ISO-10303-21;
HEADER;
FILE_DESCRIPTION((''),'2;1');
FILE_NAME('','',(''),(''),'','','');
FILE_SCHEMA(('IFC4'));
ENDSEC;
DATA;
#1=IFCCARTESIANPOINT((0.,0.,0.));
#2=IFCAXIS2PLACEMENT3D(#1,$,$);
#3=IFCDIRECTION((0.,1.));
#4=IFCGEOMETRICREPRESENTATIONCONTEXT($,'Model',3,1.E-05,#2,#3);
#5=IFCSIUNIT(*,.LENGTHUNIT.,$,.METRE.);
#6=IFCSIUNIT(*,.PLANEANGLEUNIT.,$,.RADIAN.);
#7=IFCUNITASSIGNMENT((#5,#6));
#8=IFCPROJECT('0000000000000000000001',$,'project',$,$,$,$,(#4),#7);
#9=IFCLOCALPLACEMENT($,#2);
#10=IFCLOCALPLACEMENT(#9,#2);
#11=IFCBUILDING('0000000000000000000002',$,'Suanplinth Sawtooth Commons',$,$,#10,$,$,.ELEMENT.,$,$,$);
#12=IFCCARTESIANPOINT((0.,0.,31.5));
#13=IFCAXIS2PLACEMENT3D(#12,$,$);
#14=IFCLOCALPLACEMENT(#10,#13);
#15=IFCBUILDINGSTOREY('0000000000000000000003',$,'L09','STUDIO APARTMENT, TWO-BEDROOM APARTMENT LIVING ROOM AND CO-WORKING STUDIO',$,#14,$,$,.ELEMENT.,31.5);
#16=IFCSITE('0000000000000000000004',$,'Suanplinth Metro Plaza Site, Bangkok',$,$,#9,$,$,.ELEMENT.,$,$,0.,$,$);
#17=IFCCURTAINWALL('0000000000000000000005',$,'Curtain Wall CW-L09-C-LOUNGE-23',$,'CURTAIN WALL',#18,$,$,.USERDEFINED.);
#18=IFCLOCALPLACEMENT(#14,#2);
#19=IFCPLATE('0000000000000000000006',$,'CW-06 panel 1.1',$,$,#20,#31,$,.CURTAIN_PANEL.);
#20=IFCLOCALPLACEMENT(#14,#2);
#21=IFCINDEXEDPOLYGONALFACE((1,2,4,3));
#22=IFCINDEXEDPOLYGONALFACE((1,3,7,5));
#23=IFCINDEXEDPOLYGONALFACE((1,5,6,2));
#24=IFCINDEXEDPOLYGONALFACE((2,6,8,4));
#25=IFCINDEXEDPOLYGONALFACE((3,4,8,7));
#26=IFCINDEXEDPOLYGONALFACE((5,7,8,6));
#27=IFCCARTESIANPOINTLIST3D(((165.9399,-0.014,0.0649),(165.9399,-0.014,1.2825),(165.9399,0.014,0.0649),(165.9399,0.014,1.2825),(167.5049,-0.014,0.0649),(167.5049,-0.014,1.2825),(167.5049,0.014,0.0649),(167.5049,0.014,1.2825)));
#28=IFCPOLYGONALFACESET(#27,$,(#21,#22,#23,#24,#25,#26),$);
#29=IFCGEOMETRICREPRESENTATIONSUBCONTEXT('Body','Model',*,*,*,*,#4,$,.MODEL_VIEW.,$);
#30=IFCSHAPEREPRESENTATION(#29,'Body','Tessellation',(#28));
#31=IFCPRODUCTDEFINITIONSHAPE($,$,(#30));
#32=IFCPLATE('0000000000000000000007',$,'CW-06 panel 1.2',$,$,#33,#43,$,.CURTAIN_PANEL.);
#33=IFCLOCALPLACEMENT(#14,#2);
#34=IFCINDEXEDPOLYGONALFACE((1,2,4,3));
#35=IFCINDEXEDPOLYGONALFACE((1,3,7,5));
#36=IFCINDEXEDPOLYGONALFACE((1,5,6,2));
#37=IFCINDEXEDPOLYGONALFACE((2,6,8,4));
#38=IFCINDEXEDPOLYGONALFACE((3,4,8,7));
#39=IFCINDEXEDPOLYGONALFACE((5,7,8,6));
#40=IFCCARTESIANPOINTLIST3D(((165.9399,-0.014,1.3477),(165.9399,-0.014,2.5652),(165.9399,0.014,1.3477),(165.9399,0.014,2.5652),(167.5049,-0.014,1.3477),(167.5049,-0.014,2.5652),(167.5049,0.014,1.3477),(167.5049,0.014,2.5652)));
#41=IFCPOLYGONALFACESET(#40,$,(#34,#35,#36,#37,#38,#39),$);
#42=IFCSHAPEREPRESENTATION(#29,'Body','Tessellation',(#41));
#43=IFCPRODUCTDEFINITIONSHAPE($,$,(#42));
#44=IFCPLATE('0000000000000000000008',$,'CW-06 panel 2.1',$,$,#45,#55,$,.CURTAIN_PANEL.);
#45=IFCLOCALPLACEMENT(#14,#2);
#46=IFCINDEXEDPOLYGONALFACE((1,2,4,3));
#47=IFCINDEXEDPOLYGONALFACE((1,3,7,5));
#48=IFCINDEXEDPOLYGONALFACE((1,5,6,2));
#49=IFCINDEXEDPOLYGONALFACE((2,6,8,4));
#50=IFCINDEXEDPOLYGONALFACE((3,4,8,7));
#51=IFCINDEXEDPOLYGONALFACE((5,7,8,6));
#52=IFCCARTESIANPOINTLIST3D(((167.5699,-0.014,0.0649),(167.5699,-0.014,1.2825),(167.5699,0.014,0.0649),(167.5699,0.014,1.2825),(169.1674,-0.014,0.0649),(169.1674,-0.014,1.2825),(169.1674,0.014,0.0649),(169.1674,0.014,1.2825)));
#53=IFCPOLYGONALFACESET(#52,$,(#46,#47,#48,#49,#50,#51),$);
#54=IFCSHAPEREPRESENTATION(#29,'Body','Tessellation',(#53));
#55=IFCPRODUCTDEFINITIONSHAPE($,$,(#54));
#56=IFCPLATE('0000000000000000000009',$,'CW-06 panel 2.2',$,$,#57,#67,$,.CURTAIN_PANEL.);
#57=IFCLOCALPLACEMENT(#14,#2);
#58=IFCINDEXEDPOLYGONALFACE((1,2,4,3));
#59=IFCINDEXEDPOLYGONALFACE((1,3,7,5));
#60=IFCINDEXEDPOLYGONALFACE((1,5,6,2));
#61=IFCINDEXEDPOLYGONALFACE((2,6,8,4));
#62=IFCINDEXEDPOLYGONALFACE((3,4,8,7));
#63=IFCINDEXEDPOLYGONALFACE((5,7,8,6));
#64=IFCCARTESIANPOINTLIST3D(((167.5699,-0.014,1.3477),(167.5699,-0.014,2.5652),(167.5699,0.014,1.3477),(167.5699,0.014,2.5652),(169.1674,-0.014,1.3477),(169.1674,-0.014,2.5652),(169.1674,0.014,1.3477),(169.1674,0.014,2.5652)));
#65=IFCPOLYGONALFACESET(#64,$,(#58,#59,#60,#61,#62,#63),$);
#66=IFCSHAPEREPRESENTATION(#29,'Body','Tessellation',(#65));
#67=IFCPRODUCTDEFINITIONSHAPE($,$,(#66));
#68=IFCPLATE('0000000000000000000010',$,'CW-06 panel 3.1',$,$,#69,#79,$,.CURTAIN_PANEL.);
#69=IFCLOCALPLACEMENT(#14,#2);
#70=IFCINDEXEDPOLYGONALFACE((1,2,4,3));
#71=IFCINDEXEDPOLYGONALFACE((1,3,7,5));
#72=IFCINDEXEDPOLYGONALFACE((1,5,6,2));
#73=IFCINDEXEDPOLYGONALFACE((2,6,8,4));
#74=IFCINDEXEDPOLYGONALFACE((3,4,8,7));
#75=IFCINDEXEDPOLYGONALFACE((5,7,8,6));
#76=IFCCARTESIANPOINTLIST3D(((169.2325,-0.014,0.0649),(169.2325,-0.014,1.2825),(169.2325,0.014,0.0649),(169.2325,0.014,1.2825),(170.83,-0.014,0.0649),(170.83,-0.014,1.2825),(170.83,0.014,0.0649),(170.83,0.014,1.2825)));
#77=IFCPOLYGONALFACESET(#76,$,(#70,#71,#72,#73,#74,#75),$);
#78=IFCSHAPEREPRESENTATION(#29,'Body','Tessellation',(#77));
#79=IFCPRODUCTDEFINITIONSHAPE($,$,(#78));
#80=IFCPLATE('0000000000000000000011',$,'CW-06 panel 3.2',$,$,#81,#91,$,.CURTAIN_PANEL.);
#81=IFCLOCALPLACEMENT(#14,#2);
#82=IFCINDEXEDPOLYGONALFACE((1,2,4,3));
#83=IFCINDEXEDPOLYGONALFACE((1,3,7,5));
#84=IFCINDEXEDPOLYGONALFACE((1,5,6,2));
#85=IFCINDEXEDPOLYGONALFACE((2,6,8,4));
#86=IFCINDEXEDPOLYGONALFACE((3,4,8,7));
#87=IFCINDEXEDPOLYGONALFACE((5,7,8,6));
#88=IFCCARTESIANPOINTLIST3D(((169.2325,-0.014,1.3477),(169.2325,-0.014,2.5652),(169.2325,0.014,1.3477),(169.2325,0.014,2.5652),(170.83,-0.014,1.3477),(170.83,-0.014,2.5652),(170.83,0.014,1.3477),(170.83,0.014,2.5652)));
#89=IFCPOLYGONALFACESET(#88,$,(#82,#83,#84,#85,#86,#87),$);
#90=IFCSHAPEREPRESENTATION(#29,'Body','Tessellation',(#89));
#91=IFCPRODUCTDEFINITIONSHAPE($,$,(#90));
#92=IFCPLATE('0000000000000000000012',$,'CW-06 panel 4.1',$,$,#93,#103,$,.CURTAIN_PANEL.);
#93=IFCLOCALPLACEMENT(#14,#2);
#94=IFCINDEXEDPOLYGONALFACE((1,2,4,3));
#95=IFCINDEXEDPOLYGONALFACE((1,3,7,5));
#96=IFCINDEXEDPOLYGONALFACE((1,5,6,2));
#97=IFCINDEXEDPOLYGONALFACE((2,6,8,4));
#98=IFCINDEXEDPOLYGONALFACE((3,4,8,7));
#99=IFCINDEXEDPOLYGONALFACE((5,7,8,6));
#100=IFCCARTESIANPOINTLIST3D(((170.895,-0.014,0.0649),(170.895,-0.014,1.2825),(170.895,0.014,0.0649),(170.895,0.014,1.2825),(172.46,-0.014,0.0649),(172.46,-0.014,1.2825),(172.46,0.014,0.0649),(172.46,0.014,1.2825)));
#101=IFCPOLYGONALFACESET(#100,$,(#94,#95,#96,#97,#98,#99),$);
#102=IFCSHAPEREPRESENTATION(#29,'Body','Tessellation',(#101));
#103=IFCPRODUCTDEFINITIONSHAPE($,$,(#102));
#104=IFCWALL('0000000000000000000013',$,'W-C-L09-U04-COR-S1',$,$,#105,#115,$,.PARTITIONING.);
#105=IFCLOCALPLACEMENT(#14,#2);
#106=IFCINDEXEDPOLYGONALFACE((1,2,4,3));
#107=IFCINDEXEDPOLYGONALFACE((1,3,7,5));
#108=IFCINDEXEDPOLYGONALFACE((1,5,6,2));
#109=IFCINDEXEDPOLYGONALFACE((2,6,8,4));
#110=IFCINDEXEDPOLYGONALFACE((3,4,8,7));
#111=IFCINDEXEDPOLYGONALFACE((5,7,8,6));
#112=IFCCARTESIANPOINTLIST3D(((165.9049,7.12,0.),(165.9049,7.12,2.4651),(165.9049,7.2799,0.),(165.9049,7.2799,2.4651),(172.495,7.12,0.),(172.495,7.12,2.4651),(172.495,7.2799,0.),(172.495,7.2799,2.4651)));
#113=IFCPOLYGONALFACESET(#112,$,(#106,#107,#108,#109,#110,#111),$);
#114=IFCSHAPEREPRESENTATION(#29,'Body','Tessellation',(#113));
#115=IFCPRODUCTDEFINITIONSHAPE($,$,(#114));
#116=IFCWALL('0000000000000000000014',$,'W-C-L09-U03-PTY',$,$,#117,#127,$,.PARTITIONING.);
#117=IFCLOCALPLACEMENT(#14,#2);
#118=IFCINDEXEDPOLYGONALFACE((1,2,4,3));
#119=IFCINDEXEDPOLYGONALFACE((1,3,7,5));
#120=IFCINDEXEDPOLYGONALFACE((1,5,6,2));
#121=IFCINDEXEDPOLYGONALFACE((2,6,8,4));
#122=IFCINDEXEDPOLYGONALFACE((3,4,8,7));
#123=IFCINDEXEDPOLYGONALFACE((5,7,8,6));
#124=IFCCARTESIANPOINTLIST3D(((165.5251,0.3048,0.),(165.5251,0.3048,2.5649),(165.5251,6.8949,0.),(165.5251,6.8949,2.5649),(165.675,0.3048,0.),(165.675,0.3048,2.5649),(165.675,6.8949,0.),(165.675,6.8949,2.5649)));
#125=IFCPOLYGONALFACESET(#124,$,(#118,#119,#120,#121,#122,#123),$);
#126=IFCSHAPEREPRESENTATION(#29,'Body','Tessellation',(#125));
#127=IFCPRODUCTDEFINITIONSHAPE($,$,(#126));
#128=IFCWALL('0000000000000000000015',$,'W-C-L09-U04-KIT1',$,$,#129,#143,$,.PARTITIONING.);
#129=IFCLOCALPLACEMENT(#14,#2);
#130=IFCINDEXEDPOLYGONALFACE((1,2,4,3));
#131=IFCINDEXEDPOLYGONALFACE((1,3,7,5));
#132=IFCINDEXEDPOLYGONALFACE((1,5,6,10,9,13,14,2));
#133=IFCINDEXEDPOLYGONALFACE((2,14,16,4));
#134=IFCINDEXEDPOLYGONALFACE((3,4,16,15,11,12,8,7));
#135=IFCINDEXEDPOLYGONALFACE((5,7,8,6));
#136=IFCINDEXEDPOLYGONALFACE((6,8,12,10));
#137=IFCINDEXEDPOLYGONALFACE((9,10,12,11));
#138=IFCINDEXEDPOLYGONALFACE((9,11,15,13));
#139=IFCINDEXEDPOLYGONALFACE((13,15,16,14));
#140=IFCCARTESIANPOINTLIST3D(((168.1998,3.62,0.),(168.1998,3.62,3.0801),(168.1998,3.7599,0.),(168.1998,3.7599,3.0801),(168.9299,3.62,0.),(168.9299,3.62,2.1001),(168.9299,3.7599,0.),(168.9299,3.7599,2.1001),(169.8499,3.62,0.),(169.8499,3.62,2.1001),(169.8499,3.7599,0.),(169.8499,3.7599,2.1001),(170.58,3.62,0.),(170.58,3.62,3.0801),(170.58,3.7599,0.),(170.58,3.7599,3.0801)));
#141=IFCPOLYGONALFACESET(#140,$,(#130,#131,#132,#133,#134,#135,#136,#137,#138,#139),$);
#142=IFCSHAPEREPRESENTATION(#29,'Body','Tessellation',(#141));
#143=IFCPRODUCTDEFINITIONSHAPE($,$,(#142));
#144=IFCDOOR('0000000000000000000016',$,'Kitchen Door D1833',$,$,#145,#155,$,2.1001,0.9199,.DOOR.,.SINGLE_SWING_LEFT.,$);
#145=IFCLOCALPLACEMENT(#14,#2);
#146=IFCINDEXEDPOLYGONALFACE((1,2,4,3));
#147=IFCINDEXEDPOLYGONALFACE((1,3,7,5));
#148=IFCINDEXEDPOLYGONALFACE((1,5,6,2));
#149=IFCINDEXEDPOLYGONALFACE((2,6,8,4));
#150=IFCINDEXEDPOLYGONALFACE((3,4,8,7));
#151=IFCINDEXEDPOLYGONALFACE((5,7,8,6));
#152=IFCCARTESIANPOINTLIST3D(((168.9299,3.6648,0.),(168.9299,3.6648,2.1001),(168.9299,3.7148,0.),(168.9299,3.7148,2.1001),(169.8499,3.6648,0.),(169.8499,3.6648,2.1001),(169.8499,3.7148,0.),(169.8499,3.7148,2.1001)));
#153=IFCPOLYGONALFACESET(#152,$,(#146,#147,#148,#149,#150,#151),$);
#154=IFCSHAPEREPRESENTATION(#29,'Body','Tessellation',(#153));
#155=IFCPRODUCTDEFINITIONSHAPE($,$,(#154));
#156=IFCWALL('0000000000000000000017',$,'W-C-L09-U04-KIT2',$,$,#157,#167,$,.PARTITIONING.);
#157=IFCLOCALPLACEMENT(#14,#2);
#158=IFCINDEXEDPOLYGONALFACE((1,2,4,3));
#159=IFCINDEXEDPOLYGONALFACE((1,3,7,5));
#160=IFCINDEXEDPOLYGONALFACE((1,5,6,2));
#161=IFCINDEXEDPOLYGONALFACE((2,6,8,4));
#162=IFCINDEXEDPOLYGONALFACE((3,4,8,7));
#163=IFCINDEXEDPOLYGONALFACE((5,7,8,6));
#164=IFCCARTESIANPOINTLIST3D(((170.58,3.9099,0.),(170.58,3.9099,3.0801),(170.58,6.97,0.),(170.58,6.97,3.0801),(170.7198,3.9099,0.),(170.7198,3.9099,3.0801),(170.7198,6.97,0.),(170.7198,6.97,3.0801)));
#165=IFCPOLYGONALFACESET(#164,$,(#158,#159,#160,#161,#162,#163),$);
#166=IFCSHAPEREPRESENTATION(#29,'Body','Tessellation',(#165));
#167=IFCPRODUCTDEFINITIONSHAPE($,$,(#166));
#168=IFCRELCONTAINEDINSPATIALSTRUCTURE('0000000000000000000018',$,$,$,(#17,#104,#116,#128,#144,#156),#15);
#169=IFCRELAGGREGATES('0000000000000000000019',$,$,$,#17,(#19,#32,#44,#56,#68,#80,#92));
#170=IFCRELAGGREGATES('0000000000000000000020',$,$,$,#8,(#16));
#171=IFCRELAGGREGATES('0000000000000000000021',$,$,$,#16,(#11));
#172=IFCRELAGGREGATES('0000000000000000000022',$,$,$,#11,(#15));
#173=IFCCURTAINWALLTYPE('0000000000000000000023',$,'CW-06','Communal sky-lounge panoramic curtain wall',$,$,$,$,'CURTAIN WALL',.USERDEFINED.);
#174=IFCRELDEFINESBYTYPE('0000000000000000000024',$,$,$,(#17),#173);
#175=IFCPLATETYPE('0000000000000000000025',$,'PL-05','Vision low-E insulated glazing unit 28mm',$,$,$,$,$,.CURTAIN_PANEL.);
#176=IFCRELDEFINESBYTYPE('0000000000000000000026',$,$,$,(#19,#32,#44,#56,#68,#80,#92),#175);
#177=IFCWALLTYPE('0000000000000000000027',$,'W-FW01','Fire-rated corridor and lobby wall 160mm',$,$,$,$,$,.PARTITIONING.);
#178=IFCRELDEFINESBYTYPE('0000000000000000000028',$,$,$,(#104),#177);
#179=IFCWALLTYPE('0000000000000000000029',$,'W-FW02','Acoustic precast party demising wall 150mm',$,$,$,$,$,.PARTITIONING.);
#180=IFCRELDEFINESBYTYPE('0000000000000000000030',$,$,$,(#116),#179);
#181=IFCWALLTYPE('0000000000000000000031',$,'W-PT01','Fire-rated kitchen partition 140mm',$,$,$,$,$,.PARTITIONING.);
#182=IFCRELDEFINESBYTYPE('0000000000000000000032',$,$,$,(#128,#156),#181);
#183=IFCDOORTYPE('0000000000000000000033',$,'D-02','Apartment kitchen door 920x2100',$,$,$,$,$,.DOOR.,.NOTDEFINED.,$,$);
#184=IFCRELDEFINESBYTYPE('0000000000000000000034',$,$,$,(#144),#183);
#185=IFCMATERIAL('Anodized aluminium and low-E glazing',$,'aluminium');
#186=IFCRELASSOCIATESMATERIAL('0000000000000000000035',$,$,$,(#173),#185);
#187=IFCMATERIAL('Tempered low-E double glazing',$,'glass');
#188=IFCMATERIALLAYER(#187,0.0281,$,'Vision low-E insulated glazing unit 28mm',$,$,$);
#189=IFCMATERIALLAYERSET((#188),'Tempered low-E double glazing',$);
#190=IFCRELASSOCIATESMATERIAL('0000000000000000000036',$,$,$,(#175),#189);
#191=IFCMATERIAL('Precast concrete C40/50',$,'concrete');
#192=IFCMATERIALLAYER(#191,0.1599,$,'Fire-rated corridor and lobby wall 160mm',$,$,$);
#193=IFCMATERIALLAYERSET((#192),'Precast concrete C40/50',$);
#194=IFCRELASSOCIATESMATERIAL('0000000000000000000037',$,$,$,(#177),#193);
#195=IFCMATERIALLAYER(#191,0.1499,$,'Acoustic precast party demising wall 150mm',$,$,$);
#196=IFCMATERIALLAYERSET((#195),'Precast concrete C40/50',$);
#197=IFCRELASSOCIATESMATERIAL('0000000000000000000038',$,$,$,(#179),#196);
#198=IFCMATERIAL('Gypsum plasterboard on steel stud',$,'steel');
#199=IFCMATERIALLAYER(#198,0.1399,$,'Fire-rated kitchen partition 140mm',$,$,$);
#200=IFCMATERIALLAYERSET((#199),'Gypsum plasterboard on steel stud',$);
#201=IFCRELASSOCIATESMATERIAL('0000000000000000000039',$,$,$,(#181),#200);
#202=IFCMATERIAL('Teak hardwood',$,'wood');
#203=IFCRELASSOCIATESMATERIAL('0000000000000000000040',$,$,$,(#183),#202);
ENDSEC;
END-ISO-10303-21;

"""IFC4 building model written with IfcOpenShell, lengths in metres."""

from ifc_helpers import new_model, si_unit, direction, frame, frame_2d, origin, origin_2d, place, context, subcontext, project, spatial, rectangle, extrude, material, layer, layer_set, type_object, element, fill, aggregate, save


model = new_model("IFC4")

# Units and contexts
model_context = context("Model", 3, precision=1e-05, world=origin(), true_north=direction((0.0, 1.0)))
body_context = subcontext(model_context, "Body", "Model", "MODEL_VIEW")
ifc_project = project(units=[si_unit("LENGTHUNIT", "METRE"), si_unit("PLANEANGLEUNIT", "RADIAN")], contexts=[model_context])

# Site, building, storey
site_placement = place(None, origin())
site = spatial("IfcSite", under=ifc_project, at=site_placement, Name="Suanplinth Metro Plaza Site, Bangkok", CompositionType="ELEMENT", RefElevation=0.0)
building_placement = place(site_placement, origin())
building = spatial("IfcBuilding", under=site, at=building_placement, Name="Suanplinth Sawtooth Commons", CompositionType="ELEMENT")
storey_placement = place(building_placement, frame((0.0, 0.0, 31.5)))
storey = spatial("IfcBuildingStorey", under=building, at=storey_placement, Name="L09", Description="STUDIO APARTMENT, TWO-BEDROOM APARTMENT LIVING ROOM AND CO-WORKING STUDIO", CompositionType="ELEMENT", Elevation=31.5)

# Shared definitions
ifc_material_1 = material(Name="Precast concrete C40/50", Category="concrete")

# Curtain wall, plates
ifc_material_2 = material(Name="Anodized aluminium and low-E glazing", Category="aluminium")
curtain_wall_type = type_object("IfcCurtainWallType", Name="CW-06", Description="Communal sky-lounge panoramic curtain wall", ElementType="CURTAIN WALL", PredefinedType="USERDEFINED", material=ifc_material_2)
curtain_wall_placement = place(storey_placement, origin())
curtain_wall = element("IfcCurtainWall", 1, at=curtain_wall_placement, inside=storey, type_object=curtain_wall_type, Name="Curtain Wall CW-L09-C-LOUNGE-23", ObjectType="CURTAIN WALL", PredefinedType="USERDEFINED")
ifc_material_3 = material(Name="Tempered low-E double glazing", Category="glass")
ifc_layer_1 = layer(ifc_material_3, 0.0281, Name="Vision low-E insulated glazing unit 28mm")
ifc_layer_set_1 = layer_set([ifc_layer_1], Name="Tempered low-E double glazing")
plate_type = type_object("IfcPlateType", Name="PL-05", Description="Vision low-E insulated glazing unit 28mm", PredefinedType="CURTAIN_PANEL", material=ifc_layer_set_1)
plate_1_placement = place(storey_placement, frame((166.7224, 0.0, 0.0649), z_axis=(0.0, 0.0, 1.0), x_axis=(1.0, 0.0, 0.0)))
plate_1 = element("IfcPlate", 2, at=plate_1_placement, type_object=plate_type, Name="CW-06 panel 1.1", PredefinedType="CURTAIN_PANEL", context=body_context, shape_type="SweptSolid", body=[
    extrude(rectangle(XDim=1.5649, YDim=0.0281, at=origin_2d()), origin(), (0.0, 0.0, 1.0), 1.2175),
])
plate_2_placement = place(storey_placement, frame((166.7224, 0.0, 1.3477), z_axis=(0.0, 0.0, 1.0), x_axis=(1.0, 0.0, 0.0)))
plate_2 = element("IfcPlate", 3, at=plate_2_placement, type_object=plate_type, Name="CW-06 panel 1.2", PredefinedType="CURTAIN_PANEL", context=body_context, shape_type="SweptSolid", body=[
    extrude(rectangle(XDim=1.5649, YDim=0.0281, at=origin_2d()), origin(), (0.0, 0.0, 1.0), 1.2175),
])
plate_3_placement = place(storey_placement, frame((168.3687, 0.0, 0.0649), z_axis=(0.0, 0.0, 1.0), x_axis=(1.0, 0.0, 0.0)))
plate_3 = element("IfcPlate", 4, at=plate_3_placement, type_object=plate_type, Name="CW-06 panel 2.1", PredefinedType="CURTAIN_PANEL", context=body_context, shape_type="SweptSolid", body=[
    extrude(rectangle(XDim=1.5974, YDim=0.0281, at=origin_2d()), origin(), (0.0, 0.0, 1.0), 1.2175),
])
plate_4_placement = place(storey_placement, frame((168.3687, 0.0, 1.3477), z_axis=(0.0, 0.0, 1.0), x_axis=(1.0, 0.0, 0.0)))
plate_4 = element("IfcPlate", 5, at=plate_4_placement, type_object=plate_type, Name="CW-06 panel 2.2", PredefinedType="CURTAIN_PANEL", context=body_context, shape_type="SweptSolid", body=[
    extrude(rectangle(XDim=1.5974, YDim=0.0281, at=origin_2d()), origin(), (0.0, 0.0, 1.0), 1.2175),
])
plate_5_placement = place(storey_placement, frame((170.0312, 0.0, 0.0649), z_axis=(0.0, 0.0, 1.0), x_axis=(1.0, 0.0, 0.0)))
plate_5 = element("IfcPlate", 6, at=plate_5_placement, type_object=plate_type, Name="CW-06 panel 3.1", PredefinedType="CURTAIN_PANEL", context=body_context, shape_type="SweptSolid", body=[
    extrude(rectangle(XDim=1.5974, YDim=0.0281, at=origin_2d()), origin(), (0.0, 0.0, 1.0), 1.2175),
])
plate_6_placement = place(storey_placement, frame((170.0312, 0.0, 1.3477), z_axis=(0.0, 0.0, 1.0), x_axis=(1.0, 0.0, 0.0)))
plate_6 = element("IfcPlate", 7, at=plate_6_placement, type_object=plate_type, Name="CW-06 panel 3.2", PredefinedType="CURTAIN_PANEL", context=body_context, shape_type="SweptSolid", body=[
    extrude(rectangle(XDim=1.5974, YDim=0.0281, at=origin_2d()), origin(), (0.0, 0.0, 1.0), 1.2175),
])
plate_7_placement = place(storey_placement, frame((171.6775, 0.0, 0.0649), z_axis=(0.0, 0.0, 1.0), x_axis=(1.0, 0.0, 0.0)))
plate_7 = element("IfcPlate", 8, at=plate_7_placement, type_object=plate_type, Name="CW-06 panel 4.1", PredefinedType="CURTAIN_PANEL", context=body_context, shape_type="SweptSolid", body=[
    extrude(rectangle(XDim=1.5649, YDim=0.0281, at=origin_2d()), origin(), (0.0, 0.0, 1.0), 1.2175),
])
aggregate(curtain_wall, [plate_1, plate_2, plate_3, plate_4, plate_5, plate_6, plate_7])

# Walls
ifc_layer_2 = layer(ifc_material_1, 0.1599, Name="Fire-rated corridor and lobby wall 160mm")
ifc_layer_set_2 = layer_set([ifc_layer_2], Name="Precast concrete C40/50")
wall_type_1 = type_object("IfcWallType", Name="W-FW01", Description="Fire-rated corridor and lobby wall 160mm", PredefinedType="PARTITIONING", material=ifc_layer_set_2)
wall_1_placement = place(storey_placement, frame((165.905, 7.2, 0.0), z_axis=(0.0, 0.0, 1.0), x_axis=(1.0, 0.0, 0.0)))
element("IfcWall", 9, at=wall_1_placement, inside=storey, type_object=wall_type_1, Name="W-C-L09-U04-COR-S1", PredefinedType="PARTITIONING", context=body_context, shape_type="SweptSolid", body=[
    extrude(rectangle(XDim=6.5901, YDim=0.1599, at=frame_2d((3.2949, 0.0))), origin(), (0.0, 0.0, 1.0), 2.4651),
])
ifc_layer_3 = layer(ifc_material_1, 0.1499, Name="Acoustic precast party demising wall 150mm")
ifc_layer_set_3 = layer_set([ifc_layer_3], Name="Precast concrete C40/50")
wall_type_2 = type_object("IfcWallType", Name="W-FW02", Description="Acoustic precast party demising wall 150mm", PredefinedType="PARTITIONING", material=ifc_layer_set_3)
wall_2_placement = place(storey_placement, frame((165.6001, 0.3049, 0.0), z_axis=(0.0, 0.0, 1.0), x_axis=(0.0, 1.0, 0.0)))
element("IfcWall", 10, at=wall_2_placement, inside=storey, type_object=wall_type_2, Name="W-C-L09-U03-PTY", PredefinedType="PARTITIONING", context=body_context, shape_type="SweptSolid", body=[
    extrude(rectangle(XDim=6.5901, YDim=0.1499, at=frame_2d((3.2949, 0.0))), origin(), (0.0, 0.0, 1.0), 2.5649),
])

# Wall, opening, door
ifc_material_4 = material(Name="Gypsum plasterboard on steel stud", Category="steel")
ifc_layer_4 = layer(ifc_material_4, 0.1399, Name="Fire-rated kitchen partition 140mm")
ifc_layer_set_4 = layer_set([ifc_layer_4], Name="Gypsum plasterboard on steel stud")
wall_type_3 = type_object("IfcWallType", Name="W-PT01", Description="Fire-rated kitchen partition 140mm", PredefinedType="PARTITIONING", material=ifc_layer_set_4)
wall_3_placement = place(storey_placement, frame((168.2, 3.6899, 0.0), z_axis=(0.0, 0.0, 1.0), x_axis=(1.0, 0.0, 0.0)))
wall_3 = element("IfcWall", 11, at=wall_3_placement, inside=storey, type_object=wall_type_3, Name="W-C-L09-U04-KIT1", PredefinedType="PARTITIONING", context=body_context, shape_type="SweptSolid", body=[
    extrude(rectangle(XDim=2.3801, YDim=0.1399, at=frame_2d((1.1899, 0.0))), origin(), (0.0, 0.0, 1.0), 3.0801),
])
opening_1_placement = place(wall_3_placement, frame((0.73, 0.0, 0.0)))
opening_1 = element("IfcOpeningElement", 12, at=opening_1_placement, cuts=wall_3, PredefinedType="OPENING", context=body_context, shape_type="SweptSolid", body=[
    extrude(rectangle(XDim=0.9199, YDim=2.1001, at=frame_2d((0.46, 1.05))), frame((0.0, 0.085, 0.0), z_axis=(0.0, -1.0, 0.0), x_axis=(1.0, 0.0, 0.0)), (0.0, 0.0, 1.0), 0.1697),
])
ifc_material_5 = material(Name="Teak hardwood", Category="wood")
door_type_1 = type_object("IfcDoorType", Name="D-02", Description="Apartment kitchen door 920x2100", OperationType="NOTDEFINED", PredefinedType="DOOR", material=ifc_material_5)
door_1_placement = place(opening_1_placement, origin())
door_1 = element("IfcDoor", 13, at=door_1_placement, inside=storey, type_object=door_type_1, Name="Kitchen Door D1833", OperationType="SINGLE_SWING_LEFT", OverallHeight=2.1001, OverallWidth=0.9199, PredefinedType="DOOR", context=body_context, shape_type="SweptSolid", body=[
    extrude(rectangle(XDim=0.9199, YDim=2.1001, at=frame_2d((0.46, 1.05))), frame((0.0, 0.0249, 0.0), z_axis=(0.0, -1.0, 0.0), x_axis=(1.0, 0.0, 0.0)), (0.0, 0.0, 1.0), 0.05),
])
fill(opening_1, door_1)

# Wall
wall_4_placement = place(storey_placement, frame((170.6499, 3.9099, 0.0), z_axis=(0.0, 0.0, 1.0), x_axis=(0.0, 1.0, 0.0)))
element("IfcWall", 14, at=wall_4_placement, inside=storey, type_object=wall_type_3, Name="W-C-L09-U04-KIT2", PredefinedType="PARTITIONING", context=body_context, shape_type="SweptSolid", body=[
    extrude(rectangle(XDim=3.0601, YDim=0.1399, at=frame_2d((1.53, 0.0))), origin(), (0.0, 0.0, 1.0), 3.0801),
])

save(model, "model.ifc")
